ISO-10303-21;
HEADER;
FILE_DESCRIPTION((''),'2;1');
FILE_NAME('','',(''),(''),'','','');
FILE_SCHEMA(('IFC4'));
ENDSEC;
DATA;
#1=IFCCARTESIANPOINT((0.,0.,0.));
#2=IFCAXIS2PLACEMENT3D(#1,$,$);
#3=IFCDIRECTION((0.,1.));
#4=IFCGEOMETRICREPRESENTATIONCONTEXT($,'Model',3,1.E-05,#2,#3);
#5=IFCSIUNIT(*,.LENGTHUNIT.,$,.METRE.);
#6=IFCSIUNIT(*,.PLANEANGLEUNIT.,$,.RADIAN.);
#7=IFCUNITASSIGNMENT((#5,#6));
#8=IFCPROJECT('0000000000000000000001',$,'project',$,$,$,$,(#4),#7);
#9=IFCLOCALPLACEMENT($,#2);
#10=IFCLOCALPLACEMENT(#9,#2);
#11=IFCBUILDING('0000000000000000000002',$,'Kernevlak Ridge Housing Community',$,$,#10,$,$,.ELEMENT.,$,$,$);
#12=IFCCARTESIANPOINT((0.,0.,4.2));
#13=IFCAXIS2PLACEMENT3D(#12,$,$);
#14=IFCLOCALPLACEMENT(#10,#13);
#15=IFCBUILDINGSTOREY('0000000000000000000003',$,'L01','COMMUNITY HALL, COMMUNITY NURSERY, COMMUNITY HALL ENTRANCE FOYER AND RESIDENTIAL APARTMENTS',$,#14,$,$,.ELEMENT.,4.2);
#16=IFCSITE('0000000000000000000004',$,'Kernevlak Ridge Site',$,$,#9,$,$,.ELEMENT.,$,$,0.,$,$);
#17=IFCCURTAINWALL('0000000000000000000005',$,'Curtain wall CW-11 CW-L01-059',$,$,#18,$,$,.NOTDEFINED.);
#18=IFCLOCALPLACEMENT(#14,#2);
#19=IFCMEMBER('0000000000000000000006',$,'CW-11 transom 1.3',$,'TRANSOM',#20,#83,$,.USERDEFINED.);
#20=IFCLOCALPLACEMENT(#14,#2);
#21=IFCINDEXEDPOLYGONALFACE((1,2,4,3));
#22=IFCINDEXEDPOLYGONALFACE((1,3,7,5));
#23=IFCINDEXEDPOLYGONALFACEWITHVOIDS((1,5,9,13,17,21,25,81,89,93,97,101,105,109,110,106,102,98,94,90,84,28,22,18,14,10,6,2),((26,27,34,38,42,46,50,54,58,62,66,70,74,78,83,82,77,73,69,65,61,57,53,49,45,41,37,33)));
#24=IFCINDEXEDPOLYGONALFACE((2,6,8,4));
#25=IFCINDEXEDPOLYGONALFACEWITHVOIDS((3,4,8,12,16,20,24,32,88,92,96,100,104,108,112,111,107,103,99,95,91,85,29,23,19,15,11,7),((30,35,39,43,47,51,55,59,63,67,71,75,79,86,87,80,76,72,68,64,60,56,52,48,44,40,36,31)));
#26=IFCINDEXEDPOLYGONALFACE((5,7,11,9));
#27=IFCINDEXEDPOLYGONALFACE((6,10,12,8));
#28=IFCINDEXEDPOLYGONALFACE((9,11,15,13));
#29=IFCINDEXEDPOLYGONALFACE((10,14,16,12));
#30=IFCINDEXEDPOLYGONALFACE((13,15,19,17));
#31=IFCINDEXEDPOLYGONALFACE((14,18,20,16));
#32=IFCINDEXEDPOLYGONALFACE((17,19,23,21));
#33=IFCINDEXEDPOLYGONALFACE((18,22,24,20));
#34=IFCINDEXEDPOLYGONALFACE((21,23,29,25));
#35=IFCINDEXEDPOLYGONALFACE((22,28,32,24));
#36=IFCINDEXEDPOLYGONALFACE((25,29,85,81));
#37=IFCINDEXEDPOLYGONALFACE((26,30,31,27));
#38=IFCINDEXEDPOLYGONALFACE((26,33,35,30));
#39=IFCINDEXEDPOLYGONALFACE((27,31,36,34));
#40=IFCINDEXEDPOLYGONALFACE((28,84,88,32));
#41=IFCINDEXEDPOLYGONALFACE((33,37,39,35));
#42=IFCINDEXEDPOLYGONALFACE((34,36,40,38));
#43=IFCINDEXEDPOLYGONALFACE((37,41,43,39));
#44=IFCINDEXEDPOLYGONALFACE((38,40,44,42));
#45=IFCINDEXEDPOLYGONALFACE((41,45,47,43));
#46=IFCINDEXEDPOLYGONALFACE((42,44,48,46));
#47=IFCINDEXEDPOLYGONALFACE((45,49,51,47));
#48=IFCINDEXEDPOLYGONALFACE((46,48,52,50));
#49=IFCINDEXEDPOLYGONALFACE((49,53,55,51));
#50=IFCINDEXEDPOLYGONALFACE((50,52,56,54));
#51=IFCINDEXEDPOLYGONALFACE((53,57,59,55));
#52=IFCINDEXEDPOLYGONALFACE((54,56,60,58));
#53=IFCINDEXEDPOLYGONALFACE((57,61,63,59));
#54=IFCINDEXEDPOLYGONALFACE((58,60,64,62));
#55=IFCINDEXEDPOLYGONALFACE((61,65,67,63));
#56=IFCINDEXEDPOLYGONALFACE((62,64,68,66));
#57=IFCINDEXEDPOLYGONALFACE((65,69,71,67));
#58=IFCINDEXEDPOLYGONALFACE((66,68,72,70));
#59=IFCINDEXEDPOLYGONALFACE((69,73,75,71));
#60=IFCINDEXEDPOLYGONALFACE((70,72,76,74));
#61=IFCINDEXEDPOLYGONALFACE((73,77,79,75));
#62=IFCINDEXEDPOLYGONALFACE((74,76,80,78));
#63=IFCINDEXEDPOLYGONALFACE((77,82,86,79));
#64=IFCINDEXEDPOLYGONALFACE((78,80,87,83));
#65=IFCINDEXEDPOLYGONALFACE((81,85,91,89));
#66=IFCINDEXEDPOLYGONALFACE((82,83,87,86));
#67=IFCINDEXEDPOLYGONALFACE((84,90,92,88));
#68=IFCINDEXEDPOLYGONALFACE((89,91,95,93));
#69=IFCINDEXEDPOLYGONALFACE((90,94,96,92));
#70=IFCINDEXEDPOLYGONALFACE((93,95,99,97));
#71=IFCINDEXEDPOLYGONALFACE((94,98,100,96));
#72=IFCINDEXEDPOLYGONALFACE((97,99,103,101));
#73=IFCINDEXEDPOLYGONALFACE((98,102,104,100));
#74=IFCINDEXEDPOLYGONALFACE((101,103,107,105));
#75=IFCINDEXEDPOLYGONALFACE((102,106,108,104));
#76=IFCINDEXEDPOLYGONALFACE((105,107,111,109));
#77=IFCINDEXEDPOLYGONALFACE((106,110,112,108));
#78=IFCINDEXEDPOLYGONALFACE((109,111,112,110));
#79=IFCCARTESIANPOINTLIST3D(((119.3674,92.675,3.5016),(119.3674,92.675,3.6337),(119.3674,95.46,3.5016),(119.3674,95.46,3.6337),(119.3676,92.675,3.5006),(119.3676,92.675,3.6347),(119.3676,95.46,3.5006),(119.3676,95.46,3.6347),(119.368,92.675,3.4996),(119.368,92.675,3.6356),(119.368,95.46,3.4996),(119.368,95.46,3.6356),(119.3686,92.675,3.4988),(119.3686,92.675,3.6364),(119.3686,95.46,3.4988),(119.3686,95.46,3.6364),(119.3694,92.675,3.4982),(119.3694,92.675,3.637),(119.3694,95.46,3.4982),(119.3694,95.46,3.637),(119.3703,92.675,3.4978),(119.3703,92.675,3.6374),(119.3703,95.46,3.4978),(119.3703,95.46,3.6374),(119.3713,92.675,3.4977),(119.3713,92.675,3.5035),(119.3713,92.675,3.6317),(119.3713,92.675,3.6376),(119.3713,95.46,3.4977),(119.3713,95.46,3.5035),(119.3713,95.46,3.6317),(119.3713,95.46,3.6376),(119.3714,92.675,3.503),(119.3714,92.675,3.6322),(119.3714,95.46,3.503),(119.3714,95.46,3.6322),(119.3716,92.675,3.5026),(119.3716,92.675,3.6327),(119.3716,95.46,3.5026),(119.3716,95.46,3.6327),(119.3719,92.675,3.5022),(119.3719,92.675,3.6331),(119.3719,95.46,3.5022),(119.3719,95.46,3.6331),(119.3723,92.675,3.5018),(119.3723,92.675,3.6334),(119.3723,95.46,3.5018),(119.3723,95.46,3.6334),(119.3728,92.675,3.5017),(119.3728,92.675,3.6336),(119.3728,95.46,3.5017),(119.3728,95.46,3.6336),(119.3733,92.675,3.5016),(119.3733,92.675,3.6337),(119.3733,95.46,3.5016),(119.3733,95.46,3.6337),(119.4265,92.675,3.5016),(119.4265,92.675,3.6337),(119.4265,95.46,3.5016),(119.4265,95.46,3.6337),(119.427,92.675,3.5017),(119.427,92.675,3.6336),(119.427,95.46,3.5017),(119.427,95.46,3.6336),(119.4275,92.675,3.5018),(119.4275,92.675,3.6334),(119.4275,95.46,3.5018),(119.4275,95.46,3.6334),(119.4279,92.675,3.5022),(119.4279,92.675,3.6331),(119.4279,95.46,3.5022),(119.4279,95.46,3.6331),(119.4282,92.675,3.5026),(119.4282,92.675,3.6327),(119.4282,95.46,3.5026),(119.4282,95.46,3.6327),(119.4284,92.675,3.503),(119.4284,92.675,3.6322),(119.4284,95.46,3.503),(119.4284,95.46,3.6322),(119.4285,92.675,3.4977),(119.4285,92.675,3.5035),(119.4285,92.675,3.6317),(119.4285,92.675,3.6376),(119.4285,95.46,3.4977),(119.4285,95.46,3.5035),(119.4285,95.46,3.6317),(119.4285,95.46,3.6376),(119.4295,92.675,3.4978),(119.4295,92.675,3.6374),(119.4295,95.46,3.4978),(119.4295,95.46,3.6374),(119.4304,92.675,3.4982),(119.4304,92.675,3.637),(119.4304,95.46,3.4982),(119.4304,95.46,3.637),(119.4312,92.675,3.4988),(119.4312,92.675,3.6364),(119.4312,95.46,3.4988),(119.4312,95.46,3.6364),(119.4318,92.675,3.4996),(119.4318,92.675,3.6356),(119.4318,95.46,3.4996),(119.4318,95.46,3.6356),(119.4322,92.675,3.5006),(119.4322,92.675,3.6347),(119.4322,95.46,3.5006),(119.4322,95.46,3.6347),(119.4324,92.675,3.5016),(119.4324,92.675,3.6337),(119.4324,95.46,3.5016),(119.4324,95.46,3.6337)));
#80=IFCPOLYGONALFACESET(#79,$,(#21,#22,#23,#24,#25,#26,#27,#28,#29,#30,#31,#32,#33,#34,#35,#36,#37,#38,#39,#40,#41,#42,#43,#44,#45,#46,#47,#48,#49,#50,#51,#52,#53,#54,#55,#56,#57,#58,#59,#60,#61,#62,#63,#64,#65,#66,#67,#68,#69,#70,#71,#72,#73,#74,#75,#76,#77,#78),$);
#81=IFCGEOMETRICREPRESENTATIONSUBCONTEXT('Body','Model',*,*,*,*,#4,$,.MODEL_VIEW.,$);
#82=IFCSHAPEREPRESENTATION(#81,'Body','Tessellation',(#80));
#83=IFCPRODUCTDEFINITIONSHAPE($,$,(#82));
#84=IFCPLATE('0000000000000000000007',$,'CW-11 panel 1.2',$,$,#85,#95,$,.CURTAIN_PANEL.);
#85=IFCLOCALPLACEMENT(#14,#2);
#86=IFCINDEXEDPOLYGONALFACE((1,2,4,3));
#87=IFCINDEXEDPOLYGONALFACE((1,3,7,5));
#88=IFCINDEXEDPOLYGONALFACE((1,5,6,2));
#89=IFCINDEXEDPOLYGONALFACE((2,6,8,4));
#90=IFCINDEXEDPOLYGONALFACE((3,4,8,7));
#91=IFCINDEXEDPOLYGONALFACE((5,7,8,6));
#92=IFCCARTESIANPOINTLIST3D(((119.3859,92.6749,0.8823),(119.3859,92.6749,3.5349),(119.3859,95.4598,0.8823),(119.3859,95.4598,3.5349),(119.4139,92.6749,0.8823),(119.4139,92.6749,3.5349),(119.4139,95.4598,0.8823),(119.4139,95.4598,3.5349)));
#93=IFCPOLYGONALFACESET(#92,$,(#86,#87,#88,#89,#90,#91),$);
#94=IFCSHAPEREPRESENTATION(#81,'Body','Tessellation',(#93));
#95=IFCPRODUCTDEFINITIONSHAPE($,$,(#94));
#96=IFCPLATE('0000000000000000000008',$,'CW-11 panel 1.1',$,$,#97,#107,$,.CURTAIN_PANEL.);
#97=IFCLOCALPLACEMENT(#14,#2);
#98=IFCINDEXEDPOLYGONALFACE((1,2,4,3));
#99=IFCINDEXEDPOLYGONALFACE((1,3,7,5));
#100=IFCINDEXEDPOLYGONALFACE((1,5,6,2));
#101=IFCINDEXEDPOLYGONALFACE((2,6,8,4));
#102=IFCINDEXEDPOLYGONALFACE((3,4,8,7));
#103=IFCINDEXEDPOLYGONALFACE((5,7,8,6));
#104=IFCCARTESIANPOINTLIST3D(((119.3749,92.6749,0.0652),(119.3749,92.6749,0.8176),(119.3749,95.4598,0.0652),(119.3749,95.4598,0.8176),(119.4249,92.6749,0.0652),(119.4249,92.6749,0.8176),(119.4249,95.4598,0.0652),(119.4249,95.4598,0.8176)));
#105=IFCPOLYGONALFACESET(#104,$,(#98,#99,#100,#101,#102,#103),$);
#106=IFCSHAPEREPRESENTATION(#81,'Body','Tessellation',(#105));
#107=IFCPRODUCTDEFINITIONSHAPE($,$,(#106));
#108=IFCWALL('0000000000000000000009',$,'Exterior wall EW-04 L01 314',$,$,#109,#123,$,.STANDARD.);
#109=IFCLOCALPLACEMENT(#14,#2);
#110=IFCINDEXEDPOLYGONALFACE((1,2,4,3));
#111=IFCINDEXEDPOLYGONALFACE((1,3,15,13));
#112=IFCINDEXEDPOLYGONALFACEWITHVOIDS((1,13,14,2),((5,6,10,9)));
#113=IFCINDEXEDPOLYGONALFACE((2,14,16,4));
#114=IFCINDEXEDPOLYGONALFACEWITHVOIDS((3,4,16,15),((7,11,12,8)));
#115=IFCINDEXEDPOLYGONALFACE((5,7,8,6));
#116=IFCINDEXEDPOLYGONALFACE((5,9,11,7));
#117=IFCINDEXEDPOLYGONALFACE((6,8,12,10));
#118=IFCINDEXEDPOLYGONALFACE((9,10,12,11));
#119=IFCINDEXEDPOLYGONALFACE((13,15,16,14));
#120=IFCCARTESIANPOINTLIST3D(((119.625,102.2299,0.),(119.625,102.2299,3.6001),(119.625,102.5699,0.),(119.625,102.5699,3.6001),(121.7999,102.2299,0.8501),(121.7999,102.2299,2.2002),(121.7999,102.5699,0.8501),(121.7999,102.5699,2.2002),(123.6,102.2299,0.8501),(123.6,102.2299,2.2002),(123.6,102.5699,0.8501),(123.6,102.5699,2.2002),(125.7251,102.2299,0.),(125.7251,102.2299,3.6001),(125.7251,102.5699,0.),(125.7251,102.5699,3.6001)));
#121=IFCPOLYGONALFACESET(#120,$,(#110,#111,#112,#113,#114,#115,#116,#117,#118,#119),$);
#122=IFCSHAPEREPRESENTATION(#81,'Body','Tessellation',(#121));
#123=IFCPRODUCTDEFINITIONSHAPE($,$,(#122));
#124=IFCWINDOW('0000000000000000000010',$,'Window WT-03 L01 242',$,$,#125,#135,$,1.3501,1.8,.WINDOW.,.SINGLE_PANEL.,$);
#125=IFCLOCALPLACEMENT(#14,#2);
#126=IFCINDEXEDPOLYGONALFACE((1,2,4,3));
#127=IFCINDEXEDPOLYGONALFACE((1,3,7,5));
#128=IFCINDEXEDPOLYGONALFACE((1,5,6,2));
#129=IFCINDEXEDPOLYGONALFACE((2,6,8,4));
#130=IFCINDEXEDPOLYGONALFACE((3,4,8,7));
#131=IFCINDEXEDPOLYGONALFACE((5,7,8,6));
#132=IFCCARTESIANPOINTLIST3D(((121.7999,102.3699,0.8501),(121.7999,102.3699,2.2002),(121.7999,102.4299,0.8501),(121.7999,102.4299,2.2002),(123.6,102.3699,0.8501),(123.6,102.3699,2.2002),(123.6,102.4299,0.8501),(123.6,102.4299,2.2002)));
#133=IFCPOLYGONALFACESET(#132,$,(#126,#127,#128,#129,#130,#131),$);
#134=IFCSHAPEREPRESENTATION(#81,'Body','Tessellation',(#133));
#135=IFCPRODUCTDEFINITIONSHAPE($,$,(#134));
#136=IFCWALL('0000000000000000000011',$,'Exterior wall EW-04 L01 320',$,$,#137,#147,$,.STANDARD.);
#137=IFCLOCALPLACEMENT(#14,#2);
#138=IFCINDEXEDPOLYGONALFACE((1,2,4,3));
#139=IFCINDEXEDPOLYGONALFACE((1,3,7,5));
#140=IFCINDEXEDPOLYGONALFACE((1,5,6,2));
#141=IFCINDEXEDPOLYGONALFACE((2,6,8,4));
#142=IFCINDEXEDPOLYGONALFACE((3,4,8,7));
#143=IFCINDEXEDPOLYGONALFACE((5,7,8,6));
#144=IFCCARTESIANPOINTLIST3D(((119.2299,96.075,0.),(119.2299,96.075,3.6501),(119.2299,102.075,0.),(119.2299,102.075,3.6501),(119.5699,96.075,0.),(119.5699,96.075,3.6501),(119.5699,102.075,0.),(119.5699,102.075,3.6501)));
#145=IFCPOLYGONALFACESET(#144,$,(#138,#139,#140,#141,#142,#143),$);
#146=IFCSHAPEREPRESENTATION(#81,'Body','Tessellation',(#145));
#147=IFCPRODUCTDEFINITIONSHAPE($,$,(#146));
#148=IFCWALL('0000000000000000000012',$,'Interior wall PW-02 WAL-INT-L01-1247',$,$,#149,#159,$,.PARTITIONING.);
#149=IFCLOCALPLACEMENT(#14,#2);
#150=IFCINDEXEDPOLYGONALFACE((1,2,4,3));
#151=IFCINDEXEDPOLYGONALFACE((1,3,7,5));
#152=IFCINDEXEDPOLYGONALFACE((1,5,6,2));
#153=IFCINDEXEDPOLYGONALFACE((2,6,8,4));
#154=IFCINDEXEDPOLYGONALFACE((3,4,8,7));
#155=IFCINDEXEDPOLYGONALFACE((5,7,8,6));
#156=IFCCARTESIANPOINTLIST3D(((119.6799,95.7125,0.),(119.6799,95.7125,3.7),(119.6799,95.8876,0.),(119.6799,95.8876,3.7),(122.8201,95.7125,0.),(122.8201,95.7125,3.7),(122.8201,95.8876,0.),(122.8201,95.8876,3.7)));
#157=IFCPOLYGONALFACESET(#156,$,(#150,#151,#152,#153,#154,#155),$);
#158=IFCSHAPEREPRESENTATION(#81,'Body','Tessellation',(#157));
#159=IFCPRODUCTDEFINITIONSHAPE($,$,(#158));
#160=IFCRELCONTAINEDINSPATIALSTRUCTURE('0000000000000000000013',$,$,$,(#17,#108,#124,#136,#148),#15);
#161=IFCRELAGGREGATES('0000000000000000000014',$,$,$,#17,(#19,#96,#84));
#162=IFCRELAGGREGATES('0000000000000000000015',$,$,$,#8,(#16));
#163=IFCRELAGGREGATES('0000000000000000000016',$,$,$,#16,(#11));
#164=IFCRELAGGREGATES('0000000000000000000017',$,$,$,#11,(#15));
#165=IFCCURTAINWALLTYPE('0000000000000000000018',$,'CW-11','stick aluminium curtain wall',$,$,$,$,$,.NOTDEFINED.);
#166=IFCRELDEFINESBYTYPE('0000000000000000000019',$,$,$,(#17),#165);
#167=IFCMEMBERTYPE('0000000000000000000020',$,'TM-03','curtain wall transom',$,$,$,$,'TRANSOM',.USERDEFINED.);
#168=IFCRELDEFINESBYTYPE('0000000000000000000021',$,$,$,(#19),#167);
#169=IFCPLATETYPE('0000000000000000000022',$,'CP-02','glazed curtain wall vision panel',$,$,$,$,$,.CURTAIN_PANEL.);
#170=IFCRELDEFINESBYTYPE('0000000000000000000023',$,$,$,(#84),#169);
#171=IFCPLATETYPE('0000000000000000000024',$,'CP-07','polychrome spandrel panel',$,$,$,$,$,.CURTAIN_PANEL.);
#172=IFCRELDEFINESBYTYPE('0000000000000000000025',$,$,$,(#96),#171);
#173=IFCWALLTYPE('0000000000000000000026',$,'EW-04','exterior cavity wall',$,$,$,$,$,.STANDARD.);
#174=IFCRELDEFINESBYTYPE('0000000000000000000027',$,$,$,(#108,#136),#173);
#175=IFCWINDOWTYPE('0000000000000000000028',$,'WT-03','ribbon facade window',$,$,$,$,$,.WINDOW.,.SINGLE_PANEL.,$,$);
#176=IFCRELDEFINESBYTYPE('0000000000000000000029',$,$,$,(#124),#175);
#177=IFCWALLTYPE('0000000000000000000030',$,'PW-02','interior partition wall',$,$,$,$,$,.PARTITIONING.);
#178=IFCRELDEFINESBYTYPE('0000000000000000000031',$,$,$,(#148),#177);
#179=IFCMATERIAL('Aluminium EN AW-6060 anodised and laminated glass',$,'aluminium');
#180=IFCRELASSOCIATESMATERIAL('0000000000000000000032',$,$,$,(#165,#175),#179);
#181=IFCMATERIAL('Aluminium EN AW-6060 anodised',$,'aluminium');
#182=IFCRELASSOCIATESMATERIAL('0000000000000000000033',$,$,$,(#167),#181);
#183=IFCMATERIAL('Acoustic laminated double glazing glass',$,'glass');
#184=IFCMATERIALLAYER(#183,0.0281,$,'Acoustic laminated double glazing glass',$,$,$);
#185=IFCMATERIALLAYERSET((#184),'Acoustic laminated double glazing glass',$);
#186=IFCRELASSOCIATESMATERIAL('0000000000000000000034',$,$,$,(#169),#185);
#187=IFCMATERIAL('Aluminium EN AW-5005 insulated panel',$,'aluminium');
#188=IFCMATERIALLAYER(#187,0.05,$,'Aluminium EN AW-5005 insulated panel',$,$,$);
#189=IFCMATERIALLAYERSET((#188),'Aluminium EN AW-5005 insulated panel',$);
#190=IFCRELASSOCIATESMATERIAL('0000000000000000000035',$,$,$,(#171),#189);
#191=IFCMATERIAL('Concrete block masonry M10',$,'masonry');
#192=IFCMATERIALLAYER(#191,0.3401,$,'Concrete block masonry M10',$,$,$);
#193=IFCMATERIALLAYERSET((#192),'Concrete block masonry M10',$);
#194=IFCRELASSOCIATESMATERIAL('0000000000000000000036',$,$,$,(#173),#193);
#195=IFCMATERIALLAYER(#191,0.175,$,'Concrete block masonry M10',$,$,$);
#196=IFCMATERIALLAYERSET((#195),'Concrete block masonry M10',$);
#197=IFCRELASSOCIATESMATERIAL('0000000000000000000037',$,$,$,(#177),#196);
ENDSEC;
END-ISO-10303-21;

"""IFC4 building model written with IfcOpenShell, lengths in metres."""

from ifc_helpers import new_model, si_unit, direction, frame, frame_2d, origin, origin_2d, place, context, subcontext, project, spatial, rectangle, hollow_rectangle, extrude, material, layer, layer_set, material_profile, profile_set, type_object, element, fill, aggregate, save


model = new_model("IFC4")

# Units and contexts
model_context = context("Model", 3, precision=1e-05, world=origin(), true_north=direction((0.0, 1.0)))
body_context = subcontext(model_context, "Body", "Model", "MODEL_VIEW")
ifc_project = project(units=[si_unit("LENGTHUNIT", "METRE"), si_unit("PLANEANGLEUNIT", "RADIAN")], contexts=[model_context])

# Site, building, storey
site_placement = place(None, origin())
site = spatial("IfcSite", under=ifc_project, at=site_placement, Name="Kernevlak Ridge Site", CompositionType="ELEMENT", RefElevation=0.0)
building_placement = place(site_placement, origin())
building = spatial("IfcBuilding", under=site, at=building_placement, Name="Kernevlak Ridge Housing Community", CompositionType="ELEMENT")
storey_placement = place(building_placement, frame((0.0, 0.0, 4.2)))
storey = spatial("IfcBuildingStorey", under=building, at=storey_placement, Name="L01", Description="COMMUNITY HALL, COMMUNITY NURSERY, COMMUNITY HALL ENTRANCE FOYER AND RESIDENTIAL APARTMENTS", CompositionType="ELEMENT", Elevation=4.2)

# Curtain wall
ifc_material_1 = material(Name="Aluminium EN AW-6060 anodised and laminated glass", Category="aluminium")
curtain_wall_type = type_object("IfcCurtainWallType", Name="CW-11", Description="stick aluminium curtain wall", PredefinedType="NOTDEFINED", material=ifc_material_1)
curtain_wall_placement = place(storey_placement, origin())
curtain_wall = element("IfcCurtainWall", 1, at=curtain_wall_placement, inside=storey, type_object=curtain_wall_type, Name="Curtain wall CW-11 CW-L01-059", PredefinedType="NOTDEFINED")
ifc_material_2 = material(Name="Aluminium EN AW-6060 anodised", Category="aluminium")

# Member
ifc_material_profile_1 = material_profile(ifc_material_2, hollow_rectangle(XDim=0.0649, YDim=0.1399, WallThickness=0.0039, InnerFilletRadius=0.002, OuterFilletRadius=0.0039, at=origin_2d()), Name="ALU 65x140x4")
ifc_profile_set_1 = profile_set([ifc_material_profile_1], Name="Aluminium EN AW-6060 anodised")
member_type_1 = type_object("IfcMemberType", Name="TM-03", Description="curtain wall transom", ElementType="TRANSOM", PredefinedType="USERDEFINED", material=ifc_profile_set_1)
member_1_placement = place(storey_placement, frame((119.3999, 92.675, 3.5676), z_axis=(0.0, 1.0, 0.0), x_axis=(-1.0, 0.0, 0.0)))
member_1 = element("IfcMember", 2, at=member_1_placement, type_object=member_type_1, Name="CW-11 transom 1.3", ObjectType="TRANSOM", PredefinedType="USERDEFINED", context=body_context, shape_type="SweptSolid", body=[
    extrude(hollow_rectangle(XDim=0.0649, YDim=0.1399, WallThickness=0.0039, InnerFilletRadius=0.002, OuterFilletRadius=0.0039, at=origin_2d()), origin(), (0.0, 0.0, 1.0), 2.7849),
])

# Plates
ifc_material_3 = material(Name="Acoustic laminated double glazing glass", Category="glass")
ifc_layer_1 = layer(ifc_material_3, 0.0281, Name="Acoustic laminated double glazing glass")
ifc_layer_set_1 = layer_set([ifc_layer_1], Name="Acoustic laminated double glazing glass")
plate_type_1 = type_object("IfcPlateType", Name="CP-02", Description="glazed curtain wall vision panel", PredefinedType="CURTAIN_PANEL", material=ifc_layer_set_1)
plate_1_placement = place(storey_placement, frame((119.3999, 94.0674, 0.8823), z_axis=(0.0, 0.0, 1.0), x_axis=(0.0, 1.0, 0.0)))
plate_1 = element("IfcPlate", 3, at=plate_1_placement, type_object=plate_type_1, Name="CW-11 panel 1.2", PredefinedType="CURTAIN_PANEL", context=body_context, shape_type="SweptSolid", body=[
    extrude(rectangle(XDim=2.7849, YDim=0.0281, at=origin_2d()), origin(), (0.0, 0.0, 1.0), 2.6526),
])
ifc_material_4 = material(Name="Aluminium EN AW-5005 insulated panel", Category="aluminium")
ifc_layer_2 = layer(ifc_material_4, 0.05, Name="Aluminium EN AW-5005 insulated panel")
ifc_layer_set_2 = layer_set([ifc_layer_2], Name="Aluminium EN AW-5005 insulated panel")
plate_type_2 = type_object("IfcPlateType", Name="CP-07", Description="polychrome spandrel panel", PredefinedType="CURTAIN_PANEL", material=ifc_layer_set_2)
plate_2_placement = place(storey_placement, frame((119.3999, 94.0674, 0.0652), z_axis=(0.0, 0.0, 1.0), x_axis=(0.0, 1.0, 0.0)))
plate_2 = element("IfcPlate", 4, at=plate_2_placement, type_object=plate_type_2, Name="CW-11 panel 1.1", PredefinedType="CURTAIN_PANEL", context=body_context, shape_type="SweptSolid", body=[
    extrude(rectangle(XDim=2.7849, YDim=0.05, at=origin_2d()), origin(), (0.0, 0.0, 1.0), 0.7524),
])
aggregate(curtain_wall, [member_1, plate_2, plate_1])

# Wall, opening, window
ifc_material_5 = material(Name="Concrete block masonry M10", Category="masonry")
ifc_layer_3 = layer(ifc_material_5, 0.3401, Name="Concrete block masonry M10")
ifc_layer_set_3 = layer_set([ifc_layer_3], Name="Concrete block masonry M10")
wall_type_1 = type_object("IfcWallType", Name="EW-04", Description="exterior cavity wall", PredefinedType="STANDARD", material=ifc_layer_set_3)
wall_1_placement = place(storey_placement, frame((119.625, 102.3999, 0.0), z_axis=(0.0, 0.0, 1.0), x_axis=(1.0, 0.0, 0.0)))
wall_1 = element("IfcWall", 5, at=wall_1_placement, inside=storey, type_object=wall_type_1, Name="Exterior wall EW-04 L01 314", PredefinedType="STANDARD", context=body_context, shape_type="SweptSolid", body=[
    extrude(rectangle(XDim=6.1001, YDim=0.3401, at=frame_2d((3.05, 0.0))), origin(), (0.0, 0.0, 1.0), 3.6001),
])
opening_1_placement = place(wall_1_placement, frame((2.175, 0.0, 0.8501)))
opening_1 = element("IfcOpeningElement", 6, at=opening_1_placement, cuts=wall_1, PredefinedType="OPENING", context=body_context, shape_type="SweptSolid", body=[
    extrude(rectangle(XDim=1.8, YDim=1.3501, at=frame_2d((0.8999, 0.675))), frame((0.0, 0.1799, 0.0), z_axis=(0.0, -1.0, 0.0), x_axis=(1.0, 0.0, 0.0)), (0.0, 0.0, 1.0), 0.3601),
])
window_type = type_object("IfcWindowType", Name="WT-03", Description="ribbon facade window", PartitioningType="SINGLE_PANEL", PredefinedType="WINDOW", material=ifc_material_1)
window_placement = place(opening_1_placement, origin())
window = element("IfcWindow", 7, at=window_placement, inside=storey, type_object=window_type, Name="Window WT-03 L01 242", OverallHeight=1.3501, OverallWidth=1.8, PartitioningType="SINGLE_PANEL", PredefinedType="WINDOW", context=body_context, shape_type="SweptSolid", body=[
    extrude(rectangle(XDim=1.8, YDim=1.3501, at=frame_2d((0.8999, 0.675))), frame((0.0, 0.03, 0.0), z_axis=(0.0, -1.0, 0.0), x_axis=(1.0, 0.0, 0.0)), (0.0, 0.0, 1.0), 0.0601),
])
fill(opening_1, window)

# Walls
wall_2_placement = place(storey_placement, frame((119.3999, 96.075, 0.0), z_axis=(0.0, 0.0, 1.0), x_axis=(0.0, 1.0, 0.0)))
element("IfcWall", 8, at=wall_2_placement, inside=storey, type_object=wall_type_1, Name="Exterior wall EW-04 L01 320", PredefinedType="STANDARD", context=body_context, shape_type="SweptSolid", body=[
    extrude(rectangle(XDim=6.0, YDim=0.3401, at=frame_2d((3.0, 0.0))), origin(), (0.0, 0.0, 1.0), 3.6501),
])
ifc_layer_4 = layer(ifc_material_5, 0.175, Name="Concrete block masonry M10")
ifc_layer_set_4 = layer_set([ifc_layer_4], Name="Concrete block masonry M10")
wall_type_2 = type_object("IfcWallType", Name="PW-02", Description="interior partition wall", PredefinedType="PARTITIONING", material=ifc_layer_set_4)
wall_3_placement = place(storey_placement, frame((119.6799, 95.8, 0.0), z_axis=(0.0, 0.0, 1.0), x_axis=(1.0, 0.0, 0.0)))
element("IfcWall", 9, at=wall_3_placement, inside=storey, type_object=wall_type_2, Name="Interior wall PW-02 WAL-INT-L01-1247", PredefinedType="PARTITIONING", context=body_context, shape_type="SweptSolid", body=[
    extrude(rectangle(XDim=3.1401, YDim=0.175, at=frame_2d((1.5701, 0.0))), origin(), (0.0, 0.0, 1.0), 3.7),
])

save(model, "model.ifc")
